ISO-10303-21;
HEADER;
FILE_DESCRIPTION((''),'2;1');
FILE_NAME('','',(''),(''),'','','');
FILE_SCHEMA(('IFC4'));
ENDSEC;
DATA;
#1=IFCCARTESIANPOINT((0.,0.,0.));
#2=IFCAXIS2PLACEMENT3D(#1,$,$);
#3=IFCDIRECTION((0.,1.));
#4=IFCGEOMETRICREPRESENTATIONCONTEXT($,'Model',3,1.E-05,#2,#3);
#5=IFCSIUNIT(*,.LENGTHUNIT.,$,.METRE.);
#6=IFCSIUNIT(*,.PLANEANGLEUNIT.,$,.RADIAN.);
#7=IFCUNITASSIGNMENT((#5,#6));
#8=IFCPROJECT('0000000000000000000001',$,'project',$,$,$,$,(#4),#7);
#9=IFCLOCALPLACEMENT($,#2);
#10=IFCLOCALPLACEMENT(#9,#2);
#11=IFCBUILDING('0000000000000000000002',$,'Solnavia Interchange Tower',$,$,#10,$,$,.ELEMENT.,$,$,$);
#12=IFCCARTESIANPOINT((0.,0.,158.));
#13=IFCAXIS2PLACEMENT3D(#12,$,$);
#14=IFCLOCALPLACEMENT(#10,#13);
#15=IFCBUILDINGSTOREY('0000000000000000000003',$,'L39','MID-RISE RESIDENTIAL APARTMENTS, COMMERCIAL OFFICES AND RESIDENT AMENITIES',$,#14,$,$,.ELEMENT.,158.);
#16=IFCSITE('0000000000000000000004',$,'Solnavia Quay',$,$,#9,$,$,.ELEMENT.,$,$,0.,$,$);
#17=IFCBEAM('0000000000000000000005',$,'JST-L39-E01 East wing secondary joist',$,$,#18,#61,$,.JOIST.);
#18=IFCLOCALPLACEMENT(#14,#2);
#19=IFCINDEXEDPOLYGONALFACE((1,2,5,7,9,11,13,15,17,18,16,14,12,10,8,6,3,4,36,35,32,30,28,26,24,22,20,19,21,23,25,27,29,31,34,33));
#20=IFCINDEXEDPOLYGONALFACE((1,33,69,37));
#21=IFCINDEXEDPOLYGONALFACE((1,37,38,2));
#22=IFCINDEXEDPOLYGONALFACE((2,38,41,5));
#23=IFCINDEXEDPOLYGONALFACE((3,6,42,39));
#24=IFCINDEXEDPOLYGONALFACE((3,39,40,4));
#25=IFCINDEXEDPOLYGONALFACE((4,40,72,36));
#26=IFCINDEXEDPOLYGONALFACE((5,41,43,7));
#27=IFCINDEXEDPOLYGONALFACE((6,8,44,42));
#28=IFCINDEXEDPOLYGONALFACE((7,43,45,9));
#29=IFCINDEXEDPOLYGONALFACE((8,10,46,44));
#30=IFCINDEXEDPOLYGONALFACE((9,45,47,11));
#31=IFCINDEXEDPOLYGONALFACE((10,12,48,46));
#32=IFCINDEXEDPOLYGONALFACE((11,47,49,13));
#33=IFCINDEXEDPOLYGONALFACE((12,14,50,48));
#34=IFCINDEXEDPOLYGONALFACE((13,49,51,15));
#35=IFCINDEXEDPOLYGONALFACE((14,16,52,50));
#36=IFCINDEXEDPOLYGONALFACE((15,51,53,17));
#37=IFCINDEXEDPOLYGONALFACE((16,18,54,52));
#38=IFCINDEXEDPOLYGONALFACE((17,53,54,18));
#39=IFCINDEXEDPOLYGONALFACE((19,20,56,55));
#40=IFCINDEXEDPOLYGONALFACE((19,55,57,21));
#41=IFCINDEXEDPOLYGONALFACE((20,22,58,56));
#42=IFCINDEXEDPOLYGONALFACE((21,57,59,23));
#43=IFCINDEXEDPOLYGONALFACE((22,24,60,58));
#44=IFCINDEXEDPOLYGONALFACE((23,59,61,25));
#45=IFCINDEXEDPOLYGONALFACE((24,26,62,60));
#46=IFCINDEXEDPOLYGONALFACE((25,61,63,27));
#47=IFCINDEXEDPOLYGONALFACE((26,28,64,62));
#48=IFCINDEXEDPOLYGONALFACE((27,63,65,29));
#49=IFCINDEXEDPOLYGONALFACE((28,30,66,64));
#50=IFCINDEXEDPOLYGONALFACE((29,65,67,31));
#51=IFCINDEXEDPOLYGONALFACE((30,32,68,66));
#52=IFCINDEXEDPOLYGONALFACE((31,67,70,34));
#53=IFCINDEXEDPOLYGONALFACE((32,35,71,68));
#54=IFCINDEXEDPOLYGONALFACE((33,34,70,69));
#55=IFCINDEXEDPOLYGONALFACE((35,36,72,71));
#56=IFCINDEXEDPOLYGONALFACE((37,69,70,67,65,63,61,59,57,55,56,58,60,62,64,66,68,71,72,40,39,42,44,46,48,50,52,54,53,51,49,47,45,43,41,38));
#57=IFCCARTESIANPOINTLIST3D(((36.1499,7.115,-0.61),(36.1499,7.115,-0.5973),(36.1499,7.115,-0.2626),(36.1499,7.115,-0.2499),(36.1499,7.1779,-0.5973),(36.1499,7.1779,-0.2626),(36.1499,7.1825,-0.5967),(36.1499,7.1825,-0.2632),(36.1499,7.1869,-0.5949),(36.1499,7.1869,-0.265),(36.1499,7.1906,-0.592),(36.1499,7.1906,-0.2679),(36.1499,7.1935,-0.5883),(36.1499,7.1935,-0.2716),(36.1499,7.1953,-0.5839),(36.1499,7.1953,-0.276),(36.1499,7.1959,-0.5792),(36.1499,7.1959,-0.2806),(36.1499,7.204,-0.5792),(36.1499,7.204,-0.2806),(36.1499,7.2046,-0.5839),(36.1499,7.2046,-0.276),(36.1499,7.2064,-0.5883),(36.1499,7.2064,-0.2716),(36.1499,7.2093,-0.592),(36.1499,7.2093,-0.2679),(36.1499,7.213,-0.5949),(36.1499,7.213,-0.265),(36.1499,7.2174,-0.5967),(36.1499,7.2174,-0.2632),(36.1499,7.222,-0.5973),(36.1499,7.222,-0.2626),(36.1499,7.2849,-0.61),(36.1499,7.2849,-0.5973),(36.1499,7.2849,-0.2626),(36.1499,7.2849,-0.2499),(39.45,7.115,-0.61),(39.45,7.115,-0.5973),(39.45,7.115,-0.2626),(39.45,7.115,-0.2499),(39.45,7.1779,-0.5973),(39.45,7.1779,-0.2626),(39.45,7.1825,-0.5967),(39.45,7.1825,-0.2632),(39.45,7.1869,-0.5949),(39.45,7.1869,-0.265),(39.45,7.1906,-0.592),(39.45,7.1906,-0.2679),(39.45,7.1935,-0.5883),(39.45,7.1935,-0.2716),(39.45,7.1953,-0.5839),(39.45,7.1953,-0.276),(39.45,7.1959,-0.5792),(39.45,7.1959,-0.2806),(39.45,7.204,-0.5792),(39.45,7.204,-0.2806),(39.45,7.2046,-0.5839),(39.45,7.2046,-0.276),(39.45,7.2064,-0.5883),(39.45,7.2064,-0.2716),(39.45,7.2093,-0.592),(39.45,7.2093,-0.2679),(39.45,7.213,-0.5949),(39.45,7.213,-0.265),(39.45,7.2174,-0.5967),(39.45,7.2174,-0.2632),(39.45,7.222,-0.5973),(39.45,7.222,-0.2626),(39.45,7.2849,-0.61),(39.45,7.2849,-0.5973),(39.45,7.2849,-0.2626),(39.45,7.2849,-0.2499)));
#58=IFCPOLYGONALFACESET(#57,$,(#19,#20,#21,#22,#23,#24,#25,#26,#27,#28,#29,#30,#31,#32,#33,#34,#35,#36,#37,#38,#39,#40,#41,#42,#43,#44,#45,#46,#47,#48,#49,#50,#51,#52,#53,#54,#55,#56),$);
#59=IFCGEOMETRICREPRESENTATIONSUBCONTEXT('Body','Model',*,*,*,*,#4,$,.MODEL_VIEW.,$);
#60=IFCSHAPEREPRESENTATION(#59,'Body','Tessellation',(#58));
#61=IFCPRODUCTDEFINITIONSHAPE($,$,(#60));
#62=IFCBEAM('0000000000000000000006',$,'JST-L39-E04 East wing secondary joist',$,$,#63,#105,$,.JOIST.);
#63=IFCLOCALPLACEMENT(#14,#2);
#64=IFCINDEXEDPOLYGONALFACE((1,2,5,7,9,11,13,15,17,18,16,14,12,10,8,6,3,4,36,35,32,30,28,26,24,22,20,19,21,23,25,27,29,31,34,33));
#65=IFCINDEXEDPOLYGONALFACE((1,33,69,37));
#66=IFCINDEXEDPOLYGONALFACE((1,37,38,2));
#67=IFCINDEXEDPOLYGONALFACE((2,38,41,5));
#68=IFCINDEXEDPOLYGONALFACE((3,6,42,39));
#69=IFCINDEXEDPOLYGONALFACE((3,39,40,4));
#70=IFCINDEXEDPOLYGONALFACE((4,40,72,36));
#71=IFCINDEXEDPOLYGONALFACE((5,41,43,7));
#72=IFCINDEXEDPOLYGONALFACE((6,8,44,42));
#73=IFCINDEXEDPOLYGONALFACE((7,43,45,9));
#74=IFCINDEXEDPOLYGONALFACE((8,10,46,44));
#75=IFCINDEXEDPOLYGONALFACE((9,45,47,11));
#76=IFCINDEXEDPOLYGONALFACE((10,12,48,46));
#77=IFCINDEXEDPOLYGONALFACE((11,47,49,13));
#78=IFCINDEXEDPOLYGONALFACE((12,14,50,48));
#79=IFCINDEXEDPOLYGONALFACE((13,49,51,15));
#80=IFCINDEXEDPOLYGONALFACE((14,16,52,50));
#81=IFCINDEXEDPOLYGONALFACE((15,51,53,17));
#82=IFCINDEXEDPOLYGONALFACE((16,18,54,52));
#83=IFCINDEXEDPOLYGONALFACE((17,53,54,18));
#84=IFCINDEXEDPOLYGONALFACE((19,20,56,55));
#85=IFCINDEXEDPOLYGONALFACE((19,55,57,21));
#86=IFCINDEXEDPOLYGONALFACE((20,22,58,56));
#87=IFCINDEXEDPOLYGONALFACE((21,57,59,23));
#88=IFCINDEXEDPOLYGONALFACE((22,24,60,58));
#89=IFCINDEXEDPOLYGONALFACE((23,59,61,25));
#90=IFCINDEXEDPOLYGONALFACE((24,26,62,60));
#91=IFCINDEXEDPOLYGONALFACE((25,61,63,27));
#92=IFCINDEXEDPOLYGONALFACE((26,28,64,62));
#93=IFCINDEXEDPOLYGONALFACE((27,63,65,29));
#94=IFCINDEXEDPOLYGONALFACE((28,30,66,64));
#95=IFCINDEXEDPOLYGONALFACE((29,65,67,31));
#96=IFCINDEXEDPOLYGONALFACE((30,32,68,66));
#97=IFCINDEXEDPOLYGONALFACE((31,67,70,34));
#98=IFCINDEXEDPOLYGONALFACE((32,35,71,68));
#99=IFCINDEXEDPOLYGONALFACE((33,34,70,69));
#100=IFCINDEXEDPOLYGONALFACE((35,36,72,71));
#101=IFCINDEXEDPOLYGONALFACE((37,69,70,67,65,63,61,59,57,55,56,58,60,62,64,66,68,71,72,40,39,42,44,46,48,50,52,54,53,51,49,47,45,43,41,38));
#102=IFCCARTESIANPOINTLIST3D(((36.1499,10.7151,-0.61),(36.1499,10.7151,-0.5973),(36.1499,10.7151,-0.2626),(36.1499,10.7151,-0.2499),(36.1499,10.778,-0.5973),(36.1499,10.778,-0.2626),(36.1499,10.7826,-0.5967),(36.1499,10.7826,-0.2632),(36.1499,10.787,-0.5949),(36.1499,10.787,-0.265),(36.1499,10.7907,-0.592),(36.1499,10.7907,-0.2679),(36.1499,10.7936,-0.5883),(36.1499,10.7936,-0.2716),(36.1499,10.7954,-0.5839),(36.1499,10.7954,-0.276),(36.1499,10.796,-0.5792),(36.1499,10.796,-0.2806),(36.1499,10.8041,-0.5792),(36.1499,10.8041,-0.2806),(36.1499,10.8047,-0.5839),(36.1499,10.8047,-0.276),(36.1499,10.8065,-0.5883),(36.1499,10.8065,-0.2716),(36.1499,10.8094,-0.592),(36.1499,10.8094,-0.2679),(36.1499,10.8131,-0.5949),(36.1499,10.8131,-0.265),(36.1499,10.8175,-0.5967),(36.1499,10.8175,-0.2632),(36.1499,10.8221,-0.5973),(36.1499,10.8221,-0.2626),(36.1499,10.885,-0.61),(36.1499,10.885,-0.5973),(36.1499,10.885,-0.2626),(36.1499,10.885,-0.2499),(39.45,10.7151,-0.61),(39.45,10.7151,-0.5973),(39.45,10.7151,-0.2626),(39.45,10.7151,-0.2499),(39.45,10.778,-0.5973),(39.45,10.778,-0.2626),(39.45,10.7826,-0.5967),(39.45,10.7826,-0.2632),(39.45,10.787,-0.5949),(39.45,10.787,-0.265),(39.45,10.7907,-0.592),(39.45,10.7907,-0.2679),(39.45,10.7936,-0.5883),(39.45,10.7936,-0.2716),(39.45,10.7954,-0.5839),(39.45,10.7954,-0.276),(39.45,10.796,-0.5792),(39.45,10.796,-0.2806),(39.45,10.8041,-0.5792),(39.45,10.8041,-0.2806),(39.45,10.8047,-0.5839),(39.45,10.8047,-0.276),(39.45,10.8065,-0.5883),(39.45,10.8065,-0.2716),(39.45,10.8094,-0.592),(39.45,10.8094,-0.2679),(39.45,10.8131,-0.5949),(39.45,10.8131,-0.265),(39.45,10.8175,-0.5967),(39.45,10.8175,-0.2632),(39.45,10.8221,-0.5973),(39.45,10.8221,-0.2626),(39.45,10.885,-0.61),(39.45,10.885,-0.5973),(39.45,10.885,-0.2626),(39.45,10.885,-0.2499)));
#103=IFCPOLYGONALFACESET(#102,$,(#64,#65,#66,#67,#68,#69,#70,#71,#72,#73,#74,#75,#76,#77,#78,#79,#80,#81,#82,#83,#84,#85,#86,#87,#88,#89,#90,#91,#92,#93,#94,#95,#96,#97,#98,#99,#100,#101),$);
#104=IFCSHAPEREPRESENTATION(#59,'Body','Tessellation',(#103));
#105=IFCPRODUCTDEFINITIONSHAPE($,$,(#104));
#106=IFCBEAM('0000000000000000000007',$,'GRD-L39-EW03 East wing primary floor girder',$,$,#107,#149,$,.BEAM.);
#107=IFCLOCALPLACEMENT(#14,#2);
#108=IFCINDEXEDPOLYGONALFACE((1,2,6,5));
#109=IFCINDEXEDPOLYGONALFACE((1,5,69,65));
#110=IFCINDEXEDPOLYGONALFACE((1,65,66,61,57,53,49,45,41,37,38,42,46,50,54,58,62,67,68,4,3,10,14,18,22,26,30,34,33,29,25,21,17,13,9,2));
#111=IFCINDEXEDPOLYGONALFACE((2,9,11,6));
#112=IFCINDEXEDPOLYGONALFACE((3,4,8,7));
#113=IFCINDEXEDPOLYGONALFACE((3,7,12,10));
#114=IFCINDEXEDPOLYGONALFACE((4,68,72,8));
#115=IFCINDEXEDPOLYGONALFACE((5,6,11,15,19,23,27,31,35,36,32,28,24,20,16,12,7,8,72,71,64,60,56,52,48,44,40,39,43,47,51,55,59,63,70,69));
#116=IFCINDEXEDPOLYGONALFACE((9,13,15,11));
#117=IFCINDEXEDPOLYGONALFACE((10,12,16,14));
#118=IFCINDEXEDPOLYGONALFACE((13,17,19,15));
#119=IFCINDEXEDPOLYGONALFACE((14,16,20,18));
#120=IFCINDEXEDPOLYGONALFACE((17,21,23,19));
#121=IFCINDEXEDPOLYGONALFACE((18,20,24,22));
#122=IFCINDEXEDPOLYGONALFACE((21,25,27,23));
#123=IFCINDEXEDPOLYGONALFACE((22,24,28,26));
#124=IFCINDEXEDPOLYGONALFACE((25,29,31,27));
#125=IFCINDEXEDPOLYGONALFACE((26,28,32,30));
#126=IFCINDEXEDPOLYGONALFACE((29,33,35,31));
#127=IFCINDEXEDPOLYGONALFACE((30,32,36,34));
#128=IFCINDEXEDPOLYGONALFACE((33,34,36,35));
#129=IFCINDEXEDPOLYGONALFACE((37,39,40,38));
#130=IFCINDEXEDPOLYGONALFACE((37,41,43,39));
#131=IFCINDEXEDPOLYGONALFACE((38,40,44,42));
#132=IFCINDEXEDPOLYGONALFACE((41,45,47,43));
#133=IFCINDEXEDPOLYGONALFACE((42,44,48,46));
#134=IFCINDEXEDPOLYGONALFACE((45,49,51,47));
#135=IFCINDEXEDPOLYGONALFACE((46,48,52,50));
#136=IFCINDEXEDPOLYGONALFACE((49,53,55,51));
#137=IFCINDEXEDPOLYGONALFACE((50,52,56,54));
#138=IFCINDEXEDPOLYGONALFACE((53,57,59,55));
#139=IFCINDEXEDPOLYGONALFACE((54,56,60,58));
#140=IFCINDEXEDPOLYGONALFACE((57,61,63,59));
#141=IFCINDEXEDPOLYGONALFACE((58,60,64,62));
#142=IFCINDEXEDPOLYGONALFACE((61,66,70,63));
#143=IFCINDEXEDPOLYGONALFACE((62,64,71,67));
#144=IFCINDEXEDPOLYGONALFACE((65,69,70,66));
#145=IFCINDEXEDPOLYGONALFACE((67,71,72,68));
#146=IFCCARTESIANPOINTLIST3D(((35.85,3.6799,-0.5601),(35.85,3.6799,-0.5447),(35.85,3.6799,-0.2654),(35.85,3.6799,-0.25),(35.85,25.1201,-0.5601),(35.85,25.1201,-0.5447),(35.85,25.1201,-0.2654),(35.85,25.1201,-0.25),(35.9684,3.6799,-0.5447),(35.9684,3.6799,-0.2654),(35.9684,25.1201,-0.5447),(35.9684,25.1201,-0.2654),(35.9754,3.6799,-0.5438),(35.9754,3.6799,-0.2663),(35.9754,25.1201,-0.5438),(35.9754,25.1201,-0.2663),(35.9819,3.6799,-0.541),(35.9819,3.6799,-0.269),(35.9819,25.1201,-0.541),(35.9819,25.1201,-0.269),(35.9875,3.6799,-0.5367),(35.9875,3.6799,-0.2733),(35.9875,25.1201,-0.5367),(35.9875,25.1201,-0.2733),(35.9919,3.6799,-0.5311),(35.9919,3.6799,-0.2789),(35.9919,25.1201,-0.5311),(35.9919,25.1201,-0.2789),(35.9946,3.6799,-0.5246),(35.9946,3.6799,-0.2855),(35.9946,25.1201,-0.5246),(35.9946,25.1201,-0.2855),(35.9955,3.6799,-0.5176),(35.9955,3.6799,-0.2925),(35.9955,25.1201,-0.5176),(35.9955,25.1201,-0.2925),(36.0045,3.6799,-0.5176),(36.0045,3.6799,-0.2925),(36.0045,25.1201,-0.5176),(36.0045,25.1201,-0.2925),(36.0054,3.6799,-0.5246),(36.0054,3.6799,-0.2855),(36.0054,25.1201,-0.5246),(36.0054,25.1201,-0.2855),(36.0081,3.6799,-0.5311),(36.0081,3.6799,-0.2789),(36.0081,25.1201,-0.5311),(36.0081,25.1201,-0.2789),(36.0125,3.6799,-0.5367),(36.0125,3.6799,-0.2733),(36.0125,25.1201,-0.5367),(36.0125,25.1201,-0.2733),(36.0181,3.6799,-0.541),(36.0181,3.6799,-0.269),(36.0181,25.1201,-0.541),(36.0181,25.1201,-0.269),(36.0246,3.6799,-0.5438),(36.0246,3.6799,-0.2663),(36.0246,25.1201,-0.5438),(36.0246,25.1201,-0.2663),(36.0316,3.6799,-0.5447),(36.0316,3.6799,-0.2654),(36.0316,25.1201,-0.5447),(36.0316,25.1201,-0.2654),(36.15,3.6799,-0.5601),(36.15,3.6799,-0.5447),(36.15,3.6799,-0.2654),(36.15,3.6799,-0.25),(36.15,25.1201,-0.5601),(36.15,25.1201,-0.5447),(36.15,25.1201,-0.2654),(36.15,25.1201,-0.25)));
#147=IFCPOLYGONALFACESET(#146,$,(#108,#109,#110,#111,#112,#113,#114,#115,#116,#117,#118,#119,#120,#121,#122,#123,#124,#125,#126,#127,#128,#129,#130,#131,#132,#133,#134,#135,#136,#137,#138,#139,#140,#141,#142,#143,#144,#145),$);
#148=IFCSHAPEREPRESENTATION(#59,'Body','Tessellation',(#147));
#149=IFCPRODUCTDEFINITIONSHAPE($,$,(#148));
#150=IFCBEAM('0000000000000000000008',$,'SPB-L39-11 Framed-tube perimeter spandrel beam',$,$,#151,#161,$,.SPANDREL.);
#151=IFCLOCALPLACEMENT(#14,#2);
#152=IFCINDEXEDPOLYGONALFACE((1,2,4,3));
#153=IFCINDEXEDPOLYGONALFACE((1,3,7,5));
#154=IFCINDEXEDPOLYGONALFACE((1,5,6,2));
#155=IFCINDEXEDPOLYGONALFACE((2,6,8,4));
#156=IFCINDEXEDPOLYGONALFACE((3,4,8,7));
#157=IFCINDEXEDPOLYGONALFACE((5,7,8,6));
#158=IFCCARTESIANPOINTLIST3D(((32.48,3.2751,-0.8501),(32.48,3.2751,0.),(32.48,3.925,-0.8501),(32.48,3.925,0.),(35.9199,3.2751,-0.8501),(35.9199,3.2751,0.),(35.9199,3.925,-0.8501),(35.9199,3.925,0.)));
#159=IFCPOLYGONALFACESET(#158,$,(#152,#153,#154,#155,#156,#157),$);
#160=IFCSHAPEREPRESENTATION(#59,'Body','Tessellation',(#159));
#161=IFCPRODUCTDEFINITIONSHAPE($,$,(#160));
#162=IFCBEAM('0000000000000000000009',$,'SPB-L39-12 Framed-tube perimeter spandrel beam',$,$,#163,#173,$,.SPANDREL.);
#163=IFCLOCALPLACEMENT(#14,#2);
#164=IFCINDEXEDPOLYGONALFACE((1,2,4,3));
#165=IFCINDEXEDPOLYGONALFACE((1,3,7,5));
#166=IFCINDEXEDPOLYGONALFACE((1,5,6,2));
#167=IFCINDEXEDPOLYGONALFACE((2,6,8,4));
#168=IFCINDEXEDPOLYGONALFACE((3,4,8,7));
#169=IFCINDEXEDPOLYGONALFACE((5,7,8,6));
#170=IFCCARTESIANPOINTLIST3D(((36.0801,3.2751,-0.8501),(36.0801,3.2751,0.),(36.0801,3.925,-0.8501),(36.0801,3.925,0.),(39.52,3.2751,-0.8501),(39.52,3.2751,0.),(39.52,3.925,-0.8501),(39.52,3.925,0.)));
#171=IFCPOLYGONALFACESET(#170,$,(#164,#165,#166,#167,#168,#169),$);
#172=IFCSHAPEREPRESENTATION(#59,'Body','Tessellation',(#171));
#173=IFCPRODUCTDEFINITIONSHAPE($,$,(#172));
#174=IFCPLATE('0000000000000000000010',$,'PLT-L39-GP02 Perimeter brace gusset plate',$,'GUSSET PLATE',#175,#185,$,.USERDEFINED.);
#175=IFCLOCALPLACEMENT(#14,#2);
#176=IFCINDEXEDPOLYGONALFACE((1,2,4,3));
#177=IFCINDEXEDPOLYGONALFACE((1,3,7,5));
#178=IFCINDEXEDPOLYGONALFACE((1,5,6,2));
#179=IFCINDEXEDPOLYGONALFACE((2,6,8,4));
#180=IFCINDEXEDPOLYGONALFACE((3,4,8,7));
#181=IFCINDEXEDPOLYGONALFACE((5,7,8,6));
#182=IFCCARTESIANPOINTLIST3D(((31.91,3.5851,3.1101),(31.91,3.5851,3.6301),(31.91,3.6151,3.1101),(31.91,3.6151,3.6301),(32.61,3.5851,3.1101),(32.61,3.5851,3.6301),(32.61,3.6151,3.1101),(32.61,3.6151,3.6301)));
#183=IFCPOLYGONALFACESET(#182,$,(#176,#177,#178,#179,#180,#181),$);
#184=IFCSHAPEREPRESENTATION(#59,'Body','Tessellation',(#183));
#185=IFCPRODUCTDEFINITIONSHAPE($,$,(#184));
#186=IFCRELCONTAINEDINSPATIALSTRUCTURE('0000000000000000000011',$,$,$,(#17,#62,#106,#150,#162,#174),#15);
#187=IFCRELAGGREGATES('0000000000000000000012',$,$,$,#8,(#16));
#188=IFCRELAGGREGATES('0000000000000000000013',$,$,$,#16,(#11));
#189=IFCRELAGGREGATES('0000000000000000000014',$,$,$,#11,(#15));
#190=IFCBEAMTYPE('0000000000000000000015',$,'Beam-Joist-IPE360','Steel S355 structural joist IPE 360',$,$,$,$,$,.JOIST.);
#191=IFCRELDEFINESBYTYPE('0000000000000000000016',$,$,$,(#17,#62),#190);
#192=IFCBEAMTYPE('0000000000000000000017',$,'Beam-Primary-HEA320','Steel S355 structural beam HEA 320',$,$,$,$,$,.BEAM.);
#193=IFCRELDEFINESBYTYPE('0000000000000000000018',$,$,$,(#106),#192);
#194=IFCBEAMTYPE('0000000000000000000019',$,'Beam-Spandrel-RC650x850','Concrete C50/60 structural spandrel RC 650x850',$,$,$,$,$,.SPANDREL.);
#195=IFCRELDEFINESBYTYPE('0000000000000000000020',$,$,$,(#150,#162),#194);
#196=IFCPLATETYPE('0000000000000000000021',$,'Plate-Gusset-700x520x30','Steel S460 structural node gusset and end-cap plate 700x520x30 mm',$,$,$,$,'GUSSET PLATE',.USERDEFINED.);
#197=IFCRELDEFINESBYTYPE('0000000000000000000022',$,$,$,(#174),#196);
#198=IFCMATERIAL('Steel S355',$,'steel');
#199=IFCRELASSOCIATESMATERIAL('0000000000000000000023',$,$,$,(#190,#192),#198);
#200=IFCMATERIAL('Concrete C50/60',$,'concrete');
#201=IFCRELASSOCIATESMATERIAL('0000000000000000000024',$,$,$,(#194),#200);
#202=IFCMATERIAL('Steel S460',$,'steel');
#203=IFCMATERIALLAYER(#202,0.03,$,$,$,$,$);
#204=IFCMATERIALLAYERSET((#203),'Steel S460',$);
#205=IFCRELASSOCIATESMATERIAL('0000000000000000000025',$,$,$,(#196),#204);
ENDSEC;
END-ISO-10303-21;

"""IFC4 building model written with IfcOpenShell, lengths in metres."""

from ifc_helpers import new_model, si_unit, direction, frame, origin, origin_2d, place, context, subcontext, project, spatial, rectangle, i_section, extrude, material, layer, layer_set, material_profile, profile_set, type_object, element, save


model = new_model("IFC4")

# Units and contexts
model_context = context("Model", 3, precision=1e-05, world=origin(), true_north=direction((0.0, 1.0)))
body_context = subcontext(model_context, "Body", "Model", "MODEL_VIEW")
ifc_project = project(units=[si_unit("LENGTHUNIT", "METRE"), si_unit("PLANEANGLEUNIT", "RADIAN")], contexts=[model_context])

# Site, building, storey
site_placement = place(None, origin())
site = spatial("IfcSite", under=ifc_project, at=site_placement, Name="Solnavia Quay", CompositionType="ELEMENT", RefElevation=0.0)
building_placement = place(site_placement, origin())
building = spatial("IfcBuilding", under=site, at=building_placement, Name="Solnavia Interchange Tower", CompositionType="ELEMENT")
storey_placement = place(building_placement, frame((0.0, 0.0, 158.0)))
storey = spatial("IfcBuildingStorey", under=building, at=storey_placement, Name="L39", Description="MID-RISE RESIDENTIAL APARTMENTS, COMMERCIAL OFFICES AND RESIDENT AMENITIES", CompositionType="ELEMENT", Elevation=158.0)

# Shared definitions
ifc_material_1 = material(Name="Concrete C50/60", Category="concrete")
ifc_material_2 = material(Name="Steel S355", Category="steel")

# Beams
ifc_material_3 = material(Name="Steel S460", Category="steel")
ifc_material_profile_1 = material_profile(ifc_material_2, i_section(OverallWidth=0.1699, OverallDepth=0.3601, WebThickness=0.0081, FlangeThickness=0.0127, FilletRadius=0.0181, at=origin_2d()), Name="IPE 360")
ifc_profile_set_1 = profile_set([ifc_material_profile_1], Name="Steel S355")
beam_type_1 = type_object("IfcBeamType", Name="Beam-Joist-IPE360", Description="Steel S355 structural joist IPE 360", PredefinedType="JOIST", material=ifc_profile_set_1)
for number, where, z_axis, x_axis, name in (
    (1, (36.1499, 7.2, -0.4299), (1.0, 0.0, 0.0), (0.0, 1.0, 0.0), "JST-L39-E01 East wing secondary joist"),
    (2, (36.1499, 10.8, -0.4299), (1.0, 0.0, 0.0), (0.0, 1.0, 0.0), "JST-L39-E04 East wing secondary joist"),
):
    element("IfcBeam", number, at=place(storey_placement, frame(where, z_axis=z_axis, x_axis=x_axis)), inside=storey, type_object=beam_type_1, Name=name, PredefinedType="JOIST", context=body_context, shape_type="SweptSolid", body=[
        extrude(i_section(OverallWidth=0.1699, OverallDepth=0.3601, WebThickness=0.0081, FlangeThickness=0.0127, FilletRadius=0.0181, at=origin_2d()), origin(), (0.0, 0.0, 1.0), 3.3),
    ])
ifc_material_profile_2 = material_profile(ifc_material_2, i_section(OverallWidth=0.3, OverallDepth=0.3101, WebThickness=0.009, FlangeThickness=0.0154, FilletRadius=0.0271, at=origin_2d()), Name="HEA 320")
ifc_profile_set_2 = profile_set([ifc_material_profile_2], Name="Steel S355")
beam_type_2 = type_object("IfcBeamType", Name="Beam-Primary-HEA320", Description="Steel S355 structural beam HEA 320", PredefinedType="BEAM", material=ifc_profile_set_2)
beam_1_placement = place(storey_placement, frame((36.0, 3.6799, -0.405), z_axis=(0.0, 1.0, 0.0), x_axis=(-1.0, 0.0, 0.0)))
element("IfcBeam", 3, at=beam_1_placement, inside=storey, type_object=beam_type_2, Name="GRD-L39-EW03 East wing primary floor girder", PredefinedType="BEAM", context=body_context, shape_type="SweptSolid", body=[
    extrude(i_section(OverallWidth=0.3, OverallDepth=0.3101, WebThickness=0.009, FlangeThickness=0.0154, FilletRadius=0.0271, at=origin_2d()), origin(), (0.0, 0.0, 1.0), 21.4402),
])
ifc_material_profile_3 = material_profile(ifc_material_1, rectangle(XDim=0.6499, YDim=0.8501, at=origin_2d()), Name="RC 650x850")
ifc_profile_set_3 = profile_set([ifc_material_profile_3], Name="Concrete C50/60")
beam_type_3 = type_object("IfcBeamType", Name="Beam-Spandrel-RC650x850", Description="Concrete C50/60 structural spandrel RC 650x850", PredefinedType="SPANDREL", material=ifc_profile_set_3)
for number, where, z_axis, x_axis, name in (
    (4, (32.48, 3.6001, -0.425), (1.0, 0.0, 0.0), (0.0, 1.0, 0.0), "SPB-L39-11 Framed-tube perimeter spandrel beam"),
    (5, (36.0801, 3.6001, -0.425), (1.0, 0.0, 0.0), (0.0, 1.0, 0.0), "SPB-L39-12 Framed-tube perimeter spandrel beam"),
):
    element("IfcBeam", number, at=place(storey_placement, frame(where, z_axis=z_axis, x_axis=x_axis)), inside=storey, type_object=beam_type_3, Name=name, PredefinedType="SPANDREL", context=body_context, shape_type="SweptSolid", body=[
        extrude(rectangle(XDim=0.6499, YDim=0.8501, at=origin_2d()), origin(), (0.0, 0.0, 1.0), 3.4399),
    ])

# Plate
ifc_layer_1 = layer(ifc_material_3, 0.03)
ifc_layer_set_1 = layer_set([ifc_layer_1], Name="Steel S460")
plate_type = type_object("IfcPlateType", Name="Plate-Gusset-700x520x30", Description="Steel S460 structural node gusset and end-cap plate 700x520x30 mm", ElementType="GUSSET PLATE", PredefinedType="USERDEFINED", material=ifc_layer_set_1)
plate_placement = place(storey_placement, frame((32.26, 3.6001, 3.1101), z_axis=(0.0, 0.0, 1.0), x_axis=(1.0, 0.0, 0.0)))
element("IfcPlate", 6, at=plate_placement, inside=storey, type_object=plate_type, Name="PLT-L39-GP02 Perimeter brace gusset plate", ObjectType="GUSSET PLATE", PredefinedType="USERDEFINED", context=body_context, shape_type="SweptSolid", body=[
    extrude(rectangle(XDim=0.7, YDim=0.03, at=origin_2d()), origin(), (0.0, 0.0, 1.0), 0.52),
])

save(model, "model.ifc")
